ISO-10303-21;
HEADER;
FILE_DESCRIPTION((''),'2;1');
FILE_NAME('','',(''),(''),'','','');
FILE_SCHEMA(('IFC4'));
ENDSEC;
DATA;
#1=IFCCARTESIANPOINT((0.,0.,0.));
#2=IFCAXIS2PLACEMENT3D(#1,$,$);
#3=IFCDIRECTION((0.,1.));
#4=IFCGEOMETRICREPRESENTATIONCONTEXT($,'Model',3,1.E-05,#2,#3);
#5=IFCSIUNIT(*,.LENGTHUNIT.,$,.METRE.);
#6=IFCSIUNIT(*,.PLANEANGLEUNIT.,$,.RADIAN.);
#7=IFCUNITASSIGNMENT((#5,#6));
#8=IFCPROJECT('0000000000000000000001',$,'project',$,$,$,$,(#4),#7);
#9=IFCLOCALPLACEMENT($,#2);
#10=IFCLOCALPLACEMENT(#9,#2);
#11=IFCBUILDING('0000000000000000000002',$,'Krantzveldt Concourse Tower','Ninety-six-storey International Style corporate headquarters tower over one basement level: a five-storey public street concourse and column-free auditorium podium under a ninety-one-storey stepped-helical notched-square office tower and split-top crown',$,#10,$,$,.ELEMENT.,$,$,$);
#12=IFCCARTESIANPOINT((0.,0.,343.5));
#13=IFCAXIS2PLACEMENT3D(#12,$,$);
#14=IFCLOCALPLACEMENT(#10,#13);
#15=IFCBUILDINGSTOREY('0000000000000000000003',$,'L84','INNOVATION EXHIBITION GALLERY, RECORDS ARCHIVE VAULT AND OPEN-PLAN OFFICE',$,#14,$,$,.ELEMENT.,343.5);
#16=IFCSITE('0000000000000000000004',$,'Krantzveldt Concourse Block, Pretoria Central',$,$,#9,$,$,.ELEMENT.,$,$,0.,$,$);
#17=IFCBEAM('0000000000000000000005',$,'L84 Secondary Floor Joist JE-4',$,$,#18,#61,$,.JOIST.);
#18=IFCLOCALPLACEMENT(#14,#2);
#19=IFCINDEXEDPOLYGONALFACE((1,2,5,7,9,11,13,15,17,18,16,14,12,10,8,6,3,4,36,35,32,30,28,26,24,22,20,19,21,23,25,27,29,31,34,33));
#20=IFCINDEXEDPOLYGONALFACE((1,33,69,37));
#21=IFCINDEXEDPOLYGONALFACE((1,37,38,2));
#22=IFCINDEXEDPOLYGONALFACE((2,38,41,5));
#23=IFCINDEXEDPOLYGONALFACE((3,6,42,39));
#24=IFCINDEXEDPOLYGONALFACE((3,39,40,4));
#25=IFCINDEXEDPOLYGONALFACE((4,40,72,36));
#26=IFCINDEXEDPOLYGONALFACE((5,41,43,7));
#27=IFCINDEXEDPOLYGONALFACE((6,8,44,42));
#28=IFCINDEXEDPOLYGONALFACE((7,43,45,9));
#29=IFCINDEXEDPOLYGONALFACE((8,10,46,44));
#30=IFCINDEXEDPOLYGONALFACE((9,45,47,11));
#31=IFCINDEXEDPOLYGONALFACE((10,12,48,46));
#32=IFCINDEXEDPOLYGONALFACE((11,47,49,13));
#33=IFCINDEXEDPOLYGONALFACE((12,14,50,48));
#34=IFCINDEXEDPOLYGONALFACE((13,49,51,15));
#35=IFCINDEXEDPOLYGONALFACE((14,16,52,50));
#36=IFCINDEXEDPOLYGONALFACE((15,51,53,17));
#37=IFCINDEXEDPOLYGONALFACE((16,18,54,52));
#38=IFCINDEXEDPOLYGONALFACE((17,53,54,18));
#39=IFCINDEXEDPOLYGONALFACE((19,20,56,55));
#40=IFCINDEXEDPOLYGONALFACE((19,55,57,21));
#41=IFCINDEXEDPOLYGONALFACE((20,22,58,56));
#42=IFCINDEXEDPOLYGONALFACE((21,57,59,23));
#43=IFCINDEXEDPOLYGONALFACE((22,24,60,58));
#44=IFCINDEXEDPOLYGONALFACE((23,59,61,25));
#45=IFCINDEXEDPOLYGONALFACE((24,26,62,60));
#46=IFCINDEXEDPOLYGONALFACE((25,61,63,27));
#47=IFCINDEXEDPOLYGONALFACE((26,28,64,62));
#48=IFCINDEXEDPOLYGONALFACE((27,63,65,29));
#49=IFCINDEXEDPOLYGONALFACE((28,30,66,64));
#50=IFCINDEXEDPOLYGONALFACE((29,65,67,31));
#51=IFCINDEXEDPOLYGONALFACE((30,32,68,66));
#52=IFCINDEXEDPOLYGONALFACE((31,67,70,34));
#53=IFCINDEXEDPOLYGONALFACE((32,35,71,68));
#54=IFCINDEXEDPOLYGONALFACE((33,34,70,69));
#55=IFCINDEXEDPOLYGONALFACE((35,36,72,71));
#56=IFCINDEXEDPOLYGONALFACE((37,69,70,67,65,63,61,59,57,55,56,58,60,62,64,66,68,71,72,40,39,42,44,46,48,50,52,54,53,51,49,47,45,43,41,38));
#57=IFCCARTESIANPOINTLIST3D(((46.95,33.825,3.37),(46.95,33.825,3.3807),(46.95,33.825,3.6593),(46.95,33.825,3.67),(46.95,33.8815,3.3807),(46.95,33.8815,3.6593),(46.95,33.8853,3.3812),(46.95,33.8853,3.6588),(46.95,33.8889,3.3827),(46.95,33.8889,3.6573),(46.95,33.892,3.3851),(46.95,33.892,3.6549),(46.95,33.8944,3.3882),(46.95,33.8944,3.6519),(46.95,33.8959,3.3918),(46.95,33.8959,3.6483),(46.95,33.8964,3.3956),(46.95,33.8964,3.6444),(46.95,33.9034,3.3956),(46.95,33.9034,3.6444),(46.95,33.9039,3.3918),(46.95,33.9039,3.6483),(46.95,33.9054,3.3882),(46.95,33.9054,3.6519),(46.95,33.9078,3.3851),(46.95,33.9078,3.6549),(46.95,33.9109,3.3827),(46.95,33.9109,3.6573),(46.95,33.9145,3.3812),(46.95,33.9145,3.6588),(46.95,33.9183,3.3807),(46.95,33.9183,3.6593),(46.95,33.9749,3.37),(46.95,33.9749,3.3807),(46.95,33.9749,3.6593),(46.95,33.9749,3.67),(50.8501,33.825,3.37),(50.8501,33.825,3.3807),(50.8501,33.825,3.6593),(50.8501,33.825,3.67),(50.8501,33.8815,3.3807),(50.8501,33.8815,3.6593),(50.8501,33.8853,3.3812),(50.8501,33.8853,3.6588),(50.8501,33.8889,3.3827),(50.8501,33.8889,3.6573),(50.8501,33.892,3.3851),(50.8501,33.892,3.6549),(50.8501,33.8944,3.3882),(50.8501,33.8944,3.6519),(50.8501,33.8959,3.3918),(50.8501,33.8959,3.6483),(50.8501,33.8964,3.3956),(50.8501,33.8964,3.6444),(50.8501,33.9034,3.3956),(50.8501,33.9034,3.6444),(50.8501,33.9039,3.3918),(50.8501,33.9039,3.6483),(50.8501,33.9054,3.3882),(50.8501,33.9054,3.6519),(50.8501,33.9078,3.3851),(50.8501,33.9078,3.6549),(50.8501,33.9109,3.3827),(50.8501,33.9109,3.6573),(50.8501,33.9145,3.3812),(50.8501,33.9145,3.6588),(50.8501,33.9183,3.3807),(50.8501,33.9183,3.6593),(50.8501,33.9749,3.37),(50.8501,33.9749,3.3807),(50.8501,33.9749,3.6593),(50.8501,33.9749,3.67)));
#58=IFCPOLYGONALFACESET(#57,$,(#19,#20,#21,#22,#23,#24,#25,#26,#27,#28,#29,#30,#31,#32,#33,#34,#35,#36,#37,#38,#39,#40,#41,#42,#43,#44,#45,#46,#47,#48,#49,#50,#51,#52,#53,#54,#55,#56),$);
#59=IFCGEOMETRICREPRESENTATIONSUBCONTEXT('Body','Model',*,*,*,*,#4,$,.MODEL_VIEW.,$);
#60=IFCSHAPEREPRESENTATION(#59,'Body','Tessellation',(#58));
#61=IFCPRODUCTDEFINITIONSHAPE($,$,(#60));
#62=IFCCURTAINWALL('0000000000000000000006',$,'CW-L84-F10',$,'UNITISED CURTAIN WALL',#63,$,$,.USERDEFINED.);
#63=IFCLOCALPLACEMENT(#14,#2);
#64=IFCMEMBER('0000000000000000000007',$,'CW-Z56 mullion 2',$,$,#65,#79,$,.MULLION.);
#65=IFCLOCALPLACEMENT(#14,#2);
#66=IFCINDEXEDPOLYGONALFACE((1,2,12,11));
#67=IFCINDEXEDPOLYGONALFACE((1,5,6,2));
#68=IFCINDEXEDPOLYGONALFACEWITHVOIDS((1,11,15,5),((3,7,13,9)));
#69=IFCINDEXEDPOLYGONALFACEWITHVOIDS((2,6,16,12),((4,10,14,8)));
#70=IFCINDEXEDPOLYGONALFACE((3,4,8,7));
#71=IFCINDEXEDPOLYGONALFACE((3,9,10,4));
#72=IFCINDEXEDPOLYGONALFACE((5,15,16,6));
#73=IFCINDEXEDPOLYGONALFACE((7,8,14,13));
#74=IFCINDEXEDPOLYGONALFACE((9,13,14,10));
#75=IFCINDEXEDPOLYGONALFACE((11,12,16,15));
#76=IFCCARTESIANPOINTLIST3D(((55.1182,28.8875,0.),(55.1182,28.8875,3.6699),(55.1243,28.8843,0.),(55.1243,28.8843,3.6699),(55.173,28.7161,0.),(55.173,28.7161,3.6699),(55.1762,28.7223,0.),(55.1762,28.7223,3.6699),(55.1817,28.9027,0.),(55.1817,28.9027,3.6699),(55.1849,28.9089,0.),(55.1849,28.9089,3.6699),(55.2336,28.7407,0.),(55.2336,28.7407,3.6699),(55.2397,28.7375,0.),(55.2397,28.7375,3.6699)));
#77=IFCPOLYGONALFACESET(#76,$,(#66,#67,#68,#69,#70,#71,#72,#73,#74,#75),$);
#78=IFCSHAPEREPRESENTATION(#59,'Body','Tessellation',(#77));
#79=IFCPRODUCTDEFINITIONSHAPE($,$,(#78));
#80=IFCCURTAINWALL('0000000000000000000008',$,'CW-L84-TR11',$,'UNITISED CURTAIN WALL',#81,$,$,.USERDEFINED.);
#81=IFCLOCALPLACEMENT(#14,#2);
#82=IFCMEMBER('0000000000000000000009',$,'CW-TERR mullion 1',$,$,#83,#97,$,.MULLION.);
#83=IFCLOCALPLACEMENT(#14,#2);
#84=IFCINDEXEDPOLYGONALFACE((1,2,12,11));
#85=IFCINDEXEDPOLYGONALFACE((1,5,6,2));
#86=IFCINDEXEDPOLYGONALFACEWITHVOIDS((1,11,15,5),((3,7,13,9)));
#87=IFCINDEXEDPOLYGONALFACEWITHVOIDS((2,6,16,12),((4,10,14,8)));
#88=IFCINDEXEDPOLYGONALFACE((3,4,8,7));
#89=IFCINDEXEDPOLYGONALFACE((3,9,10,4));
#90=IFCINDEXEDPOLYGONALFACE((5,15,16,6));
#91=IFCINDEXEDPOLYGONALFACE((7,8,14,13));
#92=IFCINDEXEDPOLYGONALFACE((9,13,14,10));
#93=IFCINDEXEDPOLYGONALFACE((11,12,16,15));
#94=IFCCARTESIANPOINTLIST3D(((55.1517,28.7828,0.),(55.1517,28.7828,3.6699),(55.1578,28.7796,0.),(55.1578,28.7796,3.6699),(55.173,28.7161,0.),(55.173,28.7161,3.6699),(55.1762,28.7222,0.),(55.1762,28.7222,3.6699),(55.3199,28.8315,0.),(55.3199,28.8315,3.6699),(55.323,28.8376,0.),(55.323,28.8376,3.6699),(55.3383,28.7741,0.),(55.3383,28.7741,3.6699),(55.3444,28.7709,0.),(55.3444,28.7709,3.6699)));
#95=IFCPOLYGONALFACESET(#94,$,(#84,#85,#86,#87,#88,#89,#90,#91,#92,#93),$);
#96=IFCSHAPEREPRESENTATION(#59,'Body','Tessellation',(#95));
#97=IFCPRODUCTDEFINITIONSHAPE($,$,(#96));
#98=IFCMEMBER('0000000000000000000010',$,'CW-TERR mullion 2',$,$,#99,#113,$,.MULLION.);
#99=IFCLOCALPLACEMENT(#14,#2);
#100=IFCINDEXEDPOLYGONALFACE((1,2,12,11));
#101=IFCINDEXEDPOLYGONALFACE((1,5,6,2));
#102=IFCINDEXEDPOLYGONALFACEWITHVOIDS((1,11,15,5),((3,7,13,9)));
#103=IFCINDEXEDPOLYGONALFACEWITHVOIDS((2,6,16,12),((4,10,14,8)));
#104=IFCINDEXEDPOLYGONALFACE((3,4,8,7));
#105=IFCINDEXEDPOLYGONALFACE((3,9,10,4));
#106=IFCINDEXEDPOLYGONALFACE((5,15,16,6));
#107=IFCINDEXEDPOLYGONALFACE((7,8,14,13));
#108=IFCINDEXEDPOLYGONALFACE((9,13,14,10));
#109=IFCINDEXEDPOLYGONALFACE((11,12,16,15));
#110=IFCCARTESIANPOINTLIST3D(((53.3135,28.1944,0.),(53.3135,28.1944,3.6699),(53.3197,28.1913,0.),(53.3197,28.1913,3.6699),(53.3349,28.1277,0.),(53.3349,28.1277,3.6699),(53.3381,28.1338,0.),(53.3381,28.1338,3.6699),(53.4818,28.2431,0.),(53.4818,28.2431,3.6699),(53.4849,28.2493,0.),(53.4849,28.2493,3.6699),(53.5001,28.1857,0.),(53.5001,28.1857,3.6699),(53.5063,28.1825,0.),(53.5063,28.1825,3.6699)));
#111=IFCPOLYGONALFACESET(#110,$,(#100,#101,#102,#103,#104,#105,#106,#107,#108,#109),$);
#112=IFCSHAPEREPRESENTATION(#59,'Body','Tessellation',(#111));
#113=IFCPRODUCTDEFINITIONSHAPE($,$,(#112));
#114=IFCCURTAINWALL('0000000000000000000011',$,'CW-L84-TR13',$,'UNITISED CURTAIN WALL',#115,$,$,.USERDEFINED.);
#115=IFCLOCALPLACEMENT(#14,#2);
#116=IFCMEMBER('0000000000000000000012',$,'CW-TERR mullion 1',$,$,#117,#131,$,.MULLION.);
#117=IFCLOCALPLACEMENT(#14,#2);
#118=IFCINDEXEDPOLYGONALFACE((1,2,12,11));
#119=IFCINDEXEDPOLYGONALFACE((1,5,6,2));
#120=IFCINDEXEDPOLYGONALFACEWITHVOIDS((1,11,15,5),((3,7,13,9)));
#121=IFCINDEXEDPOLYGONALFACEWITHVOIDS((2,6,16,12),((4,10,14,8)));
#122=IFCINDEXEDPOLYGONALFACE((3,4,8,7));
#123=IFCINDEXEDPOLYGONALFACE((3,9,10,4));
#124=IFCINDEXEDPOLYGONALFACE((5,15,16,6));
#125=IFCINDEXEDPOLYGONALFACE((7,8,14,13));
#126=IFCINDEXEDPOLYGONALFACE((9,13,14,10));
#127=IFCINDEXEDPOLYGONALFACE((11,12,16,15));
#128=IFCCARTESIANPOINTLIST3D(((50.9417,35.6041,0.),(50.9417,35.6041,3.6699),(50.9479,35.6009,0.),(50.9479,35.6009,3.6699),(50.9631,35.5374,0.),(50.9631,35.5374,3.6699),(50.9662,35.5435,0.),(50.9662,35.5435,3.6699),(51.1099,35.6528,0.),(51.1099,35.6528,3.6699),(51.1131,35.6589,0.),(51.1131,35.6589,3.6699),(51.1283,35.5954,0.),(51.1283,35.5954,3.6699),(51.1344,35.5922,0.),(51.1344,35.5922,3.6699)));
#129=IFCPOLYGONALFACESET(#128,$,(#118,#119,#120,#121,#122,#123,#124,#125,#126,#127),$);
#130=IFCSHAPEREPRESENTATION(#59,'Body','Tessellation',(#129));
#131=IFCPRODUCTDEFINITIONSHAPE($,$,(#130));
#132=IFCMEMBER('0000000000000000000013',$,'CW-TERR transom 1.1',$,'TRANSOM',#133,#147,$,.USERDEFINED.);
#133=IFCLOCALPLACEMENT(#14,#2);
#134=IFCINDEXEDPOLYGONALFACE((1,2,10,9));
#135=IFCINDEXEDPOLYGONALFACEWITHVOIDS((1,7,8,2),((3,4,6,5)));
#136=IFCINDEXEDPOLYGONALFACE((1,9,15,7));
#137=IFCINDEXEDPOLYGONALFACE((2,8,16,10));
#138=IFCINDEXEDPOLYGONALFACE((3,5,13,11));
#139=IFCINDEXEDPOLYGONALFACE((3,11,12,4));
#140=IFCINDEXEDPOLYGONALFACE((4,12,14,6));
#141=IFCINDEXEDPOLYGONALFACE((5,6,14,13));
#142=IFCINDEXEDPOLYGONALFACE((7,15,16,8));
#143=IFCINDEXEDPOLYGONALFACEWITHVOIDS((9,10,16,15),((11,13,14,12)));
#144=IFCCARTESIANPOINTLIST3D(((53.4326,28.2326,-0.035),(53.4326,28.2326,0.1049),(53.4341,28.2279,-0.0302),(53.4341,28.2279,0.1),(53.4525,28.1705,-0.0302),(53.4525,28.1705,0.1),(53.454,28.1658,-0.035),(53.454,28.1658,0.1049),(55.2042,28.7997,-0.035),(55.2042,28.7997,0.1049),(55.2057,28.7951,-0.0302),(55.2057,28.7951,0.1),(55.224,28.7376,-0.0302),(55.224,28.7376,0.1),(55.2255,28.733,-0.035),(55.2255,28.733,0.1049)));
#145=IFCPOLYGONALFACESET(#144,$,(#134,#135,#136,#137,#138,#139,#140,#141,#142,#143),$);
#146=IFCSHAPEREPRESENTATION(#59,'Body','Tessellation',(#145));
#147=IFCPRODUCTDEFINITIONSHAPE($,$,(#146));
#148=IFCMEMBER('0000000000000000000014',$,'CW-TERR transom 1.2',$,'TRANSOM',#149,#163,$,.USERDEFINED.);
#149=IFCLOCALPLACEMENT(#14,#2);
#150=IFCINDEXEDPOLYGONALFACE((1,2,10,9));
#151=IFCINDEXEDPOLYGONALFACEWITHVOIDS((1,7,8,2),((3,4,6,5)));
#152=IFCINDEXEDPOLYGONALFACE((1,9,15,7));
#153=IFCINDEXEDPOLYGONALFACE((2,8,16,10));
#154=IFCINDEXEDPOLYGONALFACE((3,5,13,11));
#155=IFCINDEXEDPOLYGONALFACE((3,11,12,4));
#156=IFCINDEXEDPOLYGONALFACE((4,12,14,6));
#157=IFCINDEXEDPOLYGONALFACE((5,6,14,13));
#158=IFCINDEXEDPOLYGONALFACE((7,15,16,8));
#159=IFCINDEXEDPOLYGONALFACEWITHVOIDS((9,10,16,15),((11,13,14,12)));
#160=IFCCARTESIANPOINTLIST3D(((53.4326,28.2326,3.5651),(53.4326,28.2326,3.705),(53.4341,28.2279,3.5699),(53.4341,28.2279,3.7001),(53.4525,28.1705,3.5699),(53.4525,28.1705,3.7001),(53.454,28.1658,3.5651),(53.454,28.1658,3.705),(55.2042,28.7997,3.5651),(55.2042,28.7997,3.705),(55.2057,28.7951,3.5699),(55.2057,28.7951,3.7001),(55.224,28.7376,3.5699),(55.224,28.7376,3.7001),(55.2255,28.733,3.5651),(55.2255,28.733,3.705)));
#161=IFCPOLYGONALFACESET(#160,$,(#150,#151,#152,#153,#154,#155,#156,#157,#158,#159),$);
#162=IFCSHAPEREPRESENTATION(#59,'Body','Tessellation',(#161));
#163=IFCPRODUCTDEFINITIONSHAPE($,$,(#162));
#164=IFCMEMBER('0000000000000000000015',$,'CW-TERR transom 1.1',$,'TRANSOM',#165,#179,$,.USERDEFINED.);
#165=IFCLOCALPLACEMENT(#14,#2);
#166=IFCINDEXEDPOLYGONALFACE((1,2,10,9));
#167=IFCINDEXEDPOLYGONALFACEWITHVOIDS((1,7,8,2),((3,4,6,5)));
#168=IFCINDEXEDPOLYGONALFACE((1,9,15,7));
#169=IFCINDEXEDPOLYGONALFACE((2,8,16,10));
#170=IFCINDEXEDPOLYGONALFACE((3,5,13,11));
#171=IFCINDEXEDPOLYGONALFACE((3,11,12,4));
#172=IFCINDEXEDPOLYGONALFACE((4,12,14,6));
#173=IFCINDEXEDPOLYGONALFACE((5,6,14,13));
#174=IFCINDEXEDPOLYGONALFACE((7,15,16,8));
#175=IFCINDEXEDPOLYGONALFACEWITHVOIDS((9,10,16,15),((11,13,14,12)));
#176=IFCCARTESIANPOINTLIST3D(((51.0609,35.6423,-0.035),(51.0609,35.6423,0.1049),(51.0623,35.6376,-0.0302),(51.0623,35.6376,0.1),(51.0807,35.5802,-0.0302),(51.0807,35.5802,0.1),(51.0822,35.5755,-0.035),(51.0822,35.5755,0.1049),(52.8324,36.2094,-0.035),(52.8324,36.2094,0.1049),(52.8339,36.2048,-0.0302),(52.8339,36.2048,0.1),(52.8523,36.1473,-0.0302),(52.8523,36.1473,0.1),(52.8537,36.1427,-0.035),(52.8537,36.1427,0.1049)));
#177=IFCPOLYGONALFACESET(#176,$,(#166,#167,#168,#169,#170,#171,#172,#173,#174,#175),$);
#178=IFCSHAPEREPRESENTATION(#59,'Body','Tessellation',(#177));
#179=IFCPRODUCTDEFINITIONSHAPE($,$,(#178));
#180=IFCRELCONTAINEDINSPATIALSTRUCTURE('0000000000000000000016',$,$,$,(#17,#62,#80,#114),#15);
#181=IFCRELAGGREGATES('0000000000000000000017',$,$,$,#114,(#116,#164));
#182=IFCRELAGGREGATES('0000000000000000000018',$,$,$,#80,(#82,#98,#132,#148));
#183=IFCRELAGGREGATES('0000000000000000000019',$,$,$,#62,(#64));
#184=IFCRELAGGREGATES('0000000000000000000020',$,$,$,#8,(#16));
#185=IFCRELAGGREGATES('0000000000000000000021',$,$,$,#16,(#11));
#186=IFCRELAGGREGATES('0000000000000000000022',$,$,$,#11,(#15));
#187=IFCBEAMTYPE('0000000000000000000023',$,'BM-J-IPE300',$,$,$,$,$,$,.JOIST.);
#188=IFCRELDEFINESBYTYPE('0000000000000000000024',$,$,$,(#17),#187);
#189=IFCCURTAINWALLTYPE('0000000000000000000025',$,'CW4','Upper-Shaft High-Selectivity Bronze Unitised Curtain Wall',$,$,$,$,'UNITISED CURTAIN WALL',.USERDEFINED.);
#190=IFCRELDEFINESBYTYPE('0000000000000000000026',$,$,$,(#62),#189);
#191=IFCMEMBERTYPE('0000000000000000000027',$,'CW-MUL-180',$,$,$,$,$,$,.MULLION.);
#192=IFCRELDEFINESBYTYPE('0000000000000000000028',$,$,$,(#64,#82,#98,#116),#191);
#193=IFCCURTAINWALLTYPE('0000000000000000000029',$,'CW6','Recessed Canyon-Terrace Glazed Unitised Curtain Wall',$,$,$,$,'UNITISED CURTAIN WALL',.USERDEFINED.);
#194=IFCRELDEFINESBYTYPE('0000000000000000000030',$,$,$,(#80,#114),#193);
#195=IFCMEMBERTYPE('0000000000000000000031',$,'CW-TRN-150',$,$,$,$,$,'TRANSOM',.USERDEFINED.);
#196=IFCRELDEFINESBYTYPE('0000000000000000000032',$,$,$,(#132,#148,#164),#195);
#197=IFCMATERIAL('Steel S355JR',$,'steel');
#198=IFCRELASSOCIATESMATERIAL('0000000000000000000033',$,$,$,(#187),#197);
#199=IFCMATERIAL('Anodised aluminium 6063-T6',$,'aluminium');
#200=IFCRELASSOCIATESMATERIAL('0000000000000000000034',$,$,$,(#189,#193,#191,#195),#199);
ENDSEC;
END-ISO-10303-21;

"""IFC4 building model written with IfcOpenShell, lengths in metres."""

from ifc_helpers import new_model, si_unit, direction, frame, origin, origin_2d, place, context, subcontext, project, spatial, hollow_rectangle, i_section, extrude, source, transform, mapped, material, material_profile, profile_set, type_object, type_shapes, element, aggregate, save


model = new_model("IFC4")

# Units and contexts
model_context = context("Model", 3, precision=1e-05, world=origin(), true_north=direction((0.0, 1.0)))
body_context = subcontext(model_context, "Body", "Model", "MODEL_VIEW")
ifc_project = project(units=[si_unit("LENGTHUNIT", "METRE"), si_unit("PLANEANGLEUNIT", "RADIAN")], contexts=[model_context])

# Site, building, storey
site_placement = place(None, origin())
site = spatial("IfcSite", under=ifc_project, at=site_placement, Name="Krantzveldt Concourse Block, Pretoria Central", CompositionType="ELEMENT", RefElevation=0.0)
building_placement = place(site_placement, origin())
building = spatial("IfcBuilding", under=site, at=building_placement, Name="Krantzveldt Concourse Tower", Description="Ninety-six-storey International Style corporate headquarters tower over one basement level: a five-storey public street concourse and column-free auditorium podium under a ninety-one-storey stepped-helical notched-square office tower and split-top crown", CompositionType="ELEMENT")
storey_placement = place(building_placement, frame((0.0, 0.0, 343.5)))
storey = spatial("IfcBuildingStorey", under=building, at=storey_placement, Name="L84", Description="INNOVATION EXHIBITION GALLERY, RECORDS ARCHIVE VAULT AND OPEN-PLAN OFFICE", CompositionType="ELEMENT", Elevation=343.5)

# Beam
ifc_material_1 = material(Name="Steel S355JR", Category="steel")
ifc_material_profile_1 = material_profile(ifc_material_1, i_section(OverallWidth=0.1499, OverallDepth=0.3, WebThickness=0.0071, FlangeThickness=0.0107, FilletRadius=0.0149, at=origin_2d()), Name="Steel S355JR", Category="steel")
ifc_profile_set_1 = profile_set([ifc_material_profile_1], Name="Steel S355JR - IPE 300")
beam_type_1 = type_object("IfcBeamType", Name="BM-J-IPE300", PredefinedType="JOIST", material=ifc_profile_set_1)
shared_shape_1 = source(origin(), body_context, "Body", "SweptSolid", [
    extrude(i_section(OverallWidth=0.1499, OverallDepth=0.3, WebThickness=0.0071, FlangeThickness=0.0107, FilletRadius=0.0149, at=origin_2d()), origin(), (0.0, 0.0, 1.0), 3.9001),
])
type_shapes(beam_type_1, [shared_shape_1])
for number, where, z_axis, x_axis, name in (
    (1, (46.95, 33.8999, 3.52), (1.0, 0.0, 0.0), (0.0, 1.0, 0.0), "L84 Secondary Floor Joist JE-4"),
):
    element("IfcBeam", number, at=place(storey_placement, frame(where, z_axis=z_axis, x_axis=x_axis)), inside=storey, type_object=beam_type_1, Name=name, PredefinedType="JOIST", context=body_context, shape_type="MappedRepresentation", body=[
        mapped(shared_shape_1, transform((0.0, 0.0, 0.0), x_axis=(1.0, 0.0, 0.0), y_axis=(0.0, 1.0, 0.0), z_axis=(0.0, 0.0, 1.0), scale=1.0)),
    ])

# Curtain wall, member
ifc_material_2 = material(Name="Anodised aluminium 6063-T6", Category="aluminium")
curtain_wall_type_1 = type_object("IfcCurtainWallType", Name="CW4", Description="Upper-Shaft High-Selectivity Bronze Unitised Curtain Wall", ElementType="UNITISED CURTAIN WALL", PredefinedType="USERDEFINED", material=ifc_material_2)
curtain_wall_1_placement = place(storey_placement, origin())
curtain_wall_1 = element("IfcCurtainWall", 2, at=curtain_wall_1_placement, inside=storey, type_object=curtain_wall_type_1, Name="CW-L84-F10", ObjectType="UNITISED CURTAIN WALL", PredefinedType="USERDEFINED")
ifc_material_profile_2 = material_profile(ifc_material_2, hollow_rectangle(XDim=0.0701, YDim=0.1799, WallThickness=0.0049, at=origin_2d()), Name="Anodised aluminium 6063-T6", Category="aluminium")
ifc_profile_set_2 = profile_set([ifc_material_profile_2], Name="Anodised aluminium 6063-T6 - ALU-MULL 180x70x5")
member_type_1 = type_object("IfcMemberType", Name="CW-MUL-180", PredefinedType="MULLION", material=ifc_profile_set_2)
shared_shape_2 = source(origin(), body_context, "Body", "SweptSolid", [
    extrude(hollow_rectangle(XDim=0.0701, YDim=0.1799, WallThickness=0.0049, at=origin_2d()), origin(), (0.0, 0.0, 1.0), 3.6699),
])
type_shapes(member_type_1, [shared_shape_2])
member_1_placement = place(storey_placement, frame((55.179, 28.8125, 0.0), z_axis=(0.0, 0.0, 1.0), x_axis=(-0.952396, -0.304865, 0.0)))
member_1 = element("IfcMember", 3, at=member_1_placement, type_object=member_type_1, Name="CW-Z56 mullion 2", PredefinedType="MULLION", context=body_context, shape_type="MappedRepresentation", body=[
    mapped(shared_shape_2, transform((0.0, 0.0, 0.0), x_axis=(1.0, 0.0, 0.0), y_axis=(0.0, 1.0, 0.0), z_axis=(0.0, 0.0, 1.0), scale=1.0)),
])

# Curtain wall, members
curtain_wall_type_2 = type_object("IfcCurtainWallType", Name="CW6", Description="Recessed Canyon-Terrace Glazed Unitised Curtain Wall", ElementType="UNITISED CURTAIN WALL", PredefinedType="USERDEFINED", material=ifc_material_2)
curtain_wall_2_placement = place(storey_placement, origin())
curtain_wall_2 = element("IfcCurtainWall", 4, at=curtain_wall_2_placement, inside=storey, type_object=curtain_wall_type_2, Name="CW-L84-TR11", ObjectType="UNITISED CURTAIN WALL", PredefinedType="USERDEFINED")
member_2_placement = place(storey_placement, frame((55.248, 28.7769, 0.0), z_axis=(0.0, 0.0, 1.0), x_axis=(0.304865, -0.952396, 0.0)))
member_2 = element("IfcMember", 5, at=member_2_placement, type_object=member_type_1, Name="CW-TERR mullion 1", PredefinedType="MULLION", context=body_context, shape_type="MappedRepresentation", body=[
    mapped(shared_shape_2, transform((0.0, 0.0, 0.0), x_axis=(1.0, 0.0, 0.0), y_axis=(0.0, 1.0, 0.0), z_axis=(0.0, 0.0, 1.0), scale=1.0)),
])
member_3_placement = place(storey_placement, frame((53.4099, 28.1885, 0.0), z_axis=(0.0, 0.0, 1.0), x_axis=(0.304865, -0.952396, 0.0)))
member_3 = element("IfcMember", 6, at=member_3_placement, type_object=member_type_1, Name="CW-TERR mullion 2", PredefinedType="MULLION", context=body_context, shape_type="MappedRepresentation", body=[
    mapped(shared_shape_2, transform((0.0, 0.0, 0.0), x_axis=(1.0, 0.0, 0.0), y_axis=(0.0, 1.0, 0.0), z_axis=(0.0, 0.0, 1.0), scale=1.0)),
])

# Curtain wall, member
curtain_wall_3_placement = place(storey_placement, origin())
curtain_wall_3 = element("IfcCurtainWall", 7, at=curtain_wall_3_placement, inside=storey, type_object=curtain_wall_type_2, Name="CW-L84-TR13", ObjectType="UNITISED CURTAIN WALL", PredefinedType="USERDEFINED")
member_4_placement = place(storey_placement, frame((51.0381, 35.5981, 0.0), z_axis=(0.0, 0.0, 1.0), x_axis=(-0.304864, 0.952396, 0.0)))
member_4 = element("IfcMember", 8, at=member_4_placement, type_object=member_type_1, Name="CW-TERR mullion 1", PredefinedType="MULLION", context=body_context, shape_type="MappedRepresentation", body=[
    mapped(shared_shape_2, transform((0.0, 0.0, 0.0), x_axis=(1.0, 0.0, 0.0), y_axis=(0.0, 1.0, 0.0), z_axis=(0.0, 0.0, 1.0), scale=1.0)),
])

# Members
ifc_material_profile_3 = material_profile(ifc_material_2, hollow_rectangle(XDim=0.0701, YDim=0.1399, WallThickness=0.0049, at=origin_2d()), Name="Anodised aluminium 6063-T6", Category="aluminium")
ifc_profile_set_3 = profile_set([ifc_material_profile_3], Name="Anodised aluminium 6063-T6 - ALU-TRAN 140x70x5")
member_type_2 = type_object("IfcMemberType", Name="CW-TRN-150", ElementType="TRANSOM", PredefinedType="USERDEFINED", material=ifc_profile_set_3)
shared_shape_3 = source(origin(), body_context, "Body", "SweptSolid", [
    extrude(hollow_rectangle(XDim=0.0701, YDim=0.1399, WallThickness=0.0049, at=origin_2d()), origin(), (0.0, 0.0, 1.0), 1.8601),
])
type_shapes(member_type_2, [shared_shape_3])
member_5_placement = place(storey_placement, frame((55.2148, 28.7664, 0.0349), z_axis=(-0.952383, -0.304904, 0.0), x_axis=(0.304904, -0.952383, 0.0)))
member_5 = element("IfcMember", 9, at=member_5_placement, type_object=member_type_2, Name="CW-TERR transom 1.1", ObjectType="TRANSOM", PredefinedType="USERDEFINED", context=body_context, shape_type="MappedRepresentation", body=[
    mapped(shared_shape_3, transform((0.0, 0.0, 0.0), x_axis=(1.0, 0.0, 0.0), y_axis=(0.0, 1.0, 0.0), z_axis=(0.0, 0.0, 1.0), scale=1.0)),
])
member_6_placement = place(storey_placement, frame((55.2148, 28.7664, 3.635), z_axis=(-0.952383, -0.304904, 0.0), x_axis=(0.304904, -0.952383, 0.0)))
member_6 = element("IfcMember", 10, at=member_6_placement, type_object=member_type_2, Name="CW-TERR transom 1.2", ObjectType="TRANSOM", PredefinedType="USERDEFINED", context=body_context, shape_type="MappedRepresentation", body=[
    mapped(shared_shape_3, transform((0.0, 0.0, 0.0), x_axis=(1.0, 0.0, 0.0), y_axis=(0.0, 1.0, 0.0), z_axis=(0.0, 0.0, 1.0), scale=1.0)),
])
member_7_placement = place(storey_placement, frame((51.0715, 35.6089, 0.0349), z_axis=(0.952383, 0.304904, 0.0), x_axis=(-0.304904, 0.952383, 0.0)))
member_7 = element("IfcMember", 11, at=member_7_placement, type_object=member_type_2, Name="CW-TERR transom 1.1", ObjectType="TRANSOM", PredefinedType="USERDEFINED", context=body_context, shape_type="MappedRepresentation", body=[
    mapped(shared_shape_3, transform((0.0, 0.0, 0.0), x_axis=(1.0, 0.0, 0.0), y_axis=(0.0, 1.0, 0.0), z_axis=(0.0, 0.0, 1.0), scale=1.0)),
])
aggregate(curtain_wall_3, [member_4, member_7])

aggregate(curtain_wall_2, [member_2, member_3, member_5, member_6])
aggregate(curtain_wall_1, [member_1])

save(model, "model.ifc")
